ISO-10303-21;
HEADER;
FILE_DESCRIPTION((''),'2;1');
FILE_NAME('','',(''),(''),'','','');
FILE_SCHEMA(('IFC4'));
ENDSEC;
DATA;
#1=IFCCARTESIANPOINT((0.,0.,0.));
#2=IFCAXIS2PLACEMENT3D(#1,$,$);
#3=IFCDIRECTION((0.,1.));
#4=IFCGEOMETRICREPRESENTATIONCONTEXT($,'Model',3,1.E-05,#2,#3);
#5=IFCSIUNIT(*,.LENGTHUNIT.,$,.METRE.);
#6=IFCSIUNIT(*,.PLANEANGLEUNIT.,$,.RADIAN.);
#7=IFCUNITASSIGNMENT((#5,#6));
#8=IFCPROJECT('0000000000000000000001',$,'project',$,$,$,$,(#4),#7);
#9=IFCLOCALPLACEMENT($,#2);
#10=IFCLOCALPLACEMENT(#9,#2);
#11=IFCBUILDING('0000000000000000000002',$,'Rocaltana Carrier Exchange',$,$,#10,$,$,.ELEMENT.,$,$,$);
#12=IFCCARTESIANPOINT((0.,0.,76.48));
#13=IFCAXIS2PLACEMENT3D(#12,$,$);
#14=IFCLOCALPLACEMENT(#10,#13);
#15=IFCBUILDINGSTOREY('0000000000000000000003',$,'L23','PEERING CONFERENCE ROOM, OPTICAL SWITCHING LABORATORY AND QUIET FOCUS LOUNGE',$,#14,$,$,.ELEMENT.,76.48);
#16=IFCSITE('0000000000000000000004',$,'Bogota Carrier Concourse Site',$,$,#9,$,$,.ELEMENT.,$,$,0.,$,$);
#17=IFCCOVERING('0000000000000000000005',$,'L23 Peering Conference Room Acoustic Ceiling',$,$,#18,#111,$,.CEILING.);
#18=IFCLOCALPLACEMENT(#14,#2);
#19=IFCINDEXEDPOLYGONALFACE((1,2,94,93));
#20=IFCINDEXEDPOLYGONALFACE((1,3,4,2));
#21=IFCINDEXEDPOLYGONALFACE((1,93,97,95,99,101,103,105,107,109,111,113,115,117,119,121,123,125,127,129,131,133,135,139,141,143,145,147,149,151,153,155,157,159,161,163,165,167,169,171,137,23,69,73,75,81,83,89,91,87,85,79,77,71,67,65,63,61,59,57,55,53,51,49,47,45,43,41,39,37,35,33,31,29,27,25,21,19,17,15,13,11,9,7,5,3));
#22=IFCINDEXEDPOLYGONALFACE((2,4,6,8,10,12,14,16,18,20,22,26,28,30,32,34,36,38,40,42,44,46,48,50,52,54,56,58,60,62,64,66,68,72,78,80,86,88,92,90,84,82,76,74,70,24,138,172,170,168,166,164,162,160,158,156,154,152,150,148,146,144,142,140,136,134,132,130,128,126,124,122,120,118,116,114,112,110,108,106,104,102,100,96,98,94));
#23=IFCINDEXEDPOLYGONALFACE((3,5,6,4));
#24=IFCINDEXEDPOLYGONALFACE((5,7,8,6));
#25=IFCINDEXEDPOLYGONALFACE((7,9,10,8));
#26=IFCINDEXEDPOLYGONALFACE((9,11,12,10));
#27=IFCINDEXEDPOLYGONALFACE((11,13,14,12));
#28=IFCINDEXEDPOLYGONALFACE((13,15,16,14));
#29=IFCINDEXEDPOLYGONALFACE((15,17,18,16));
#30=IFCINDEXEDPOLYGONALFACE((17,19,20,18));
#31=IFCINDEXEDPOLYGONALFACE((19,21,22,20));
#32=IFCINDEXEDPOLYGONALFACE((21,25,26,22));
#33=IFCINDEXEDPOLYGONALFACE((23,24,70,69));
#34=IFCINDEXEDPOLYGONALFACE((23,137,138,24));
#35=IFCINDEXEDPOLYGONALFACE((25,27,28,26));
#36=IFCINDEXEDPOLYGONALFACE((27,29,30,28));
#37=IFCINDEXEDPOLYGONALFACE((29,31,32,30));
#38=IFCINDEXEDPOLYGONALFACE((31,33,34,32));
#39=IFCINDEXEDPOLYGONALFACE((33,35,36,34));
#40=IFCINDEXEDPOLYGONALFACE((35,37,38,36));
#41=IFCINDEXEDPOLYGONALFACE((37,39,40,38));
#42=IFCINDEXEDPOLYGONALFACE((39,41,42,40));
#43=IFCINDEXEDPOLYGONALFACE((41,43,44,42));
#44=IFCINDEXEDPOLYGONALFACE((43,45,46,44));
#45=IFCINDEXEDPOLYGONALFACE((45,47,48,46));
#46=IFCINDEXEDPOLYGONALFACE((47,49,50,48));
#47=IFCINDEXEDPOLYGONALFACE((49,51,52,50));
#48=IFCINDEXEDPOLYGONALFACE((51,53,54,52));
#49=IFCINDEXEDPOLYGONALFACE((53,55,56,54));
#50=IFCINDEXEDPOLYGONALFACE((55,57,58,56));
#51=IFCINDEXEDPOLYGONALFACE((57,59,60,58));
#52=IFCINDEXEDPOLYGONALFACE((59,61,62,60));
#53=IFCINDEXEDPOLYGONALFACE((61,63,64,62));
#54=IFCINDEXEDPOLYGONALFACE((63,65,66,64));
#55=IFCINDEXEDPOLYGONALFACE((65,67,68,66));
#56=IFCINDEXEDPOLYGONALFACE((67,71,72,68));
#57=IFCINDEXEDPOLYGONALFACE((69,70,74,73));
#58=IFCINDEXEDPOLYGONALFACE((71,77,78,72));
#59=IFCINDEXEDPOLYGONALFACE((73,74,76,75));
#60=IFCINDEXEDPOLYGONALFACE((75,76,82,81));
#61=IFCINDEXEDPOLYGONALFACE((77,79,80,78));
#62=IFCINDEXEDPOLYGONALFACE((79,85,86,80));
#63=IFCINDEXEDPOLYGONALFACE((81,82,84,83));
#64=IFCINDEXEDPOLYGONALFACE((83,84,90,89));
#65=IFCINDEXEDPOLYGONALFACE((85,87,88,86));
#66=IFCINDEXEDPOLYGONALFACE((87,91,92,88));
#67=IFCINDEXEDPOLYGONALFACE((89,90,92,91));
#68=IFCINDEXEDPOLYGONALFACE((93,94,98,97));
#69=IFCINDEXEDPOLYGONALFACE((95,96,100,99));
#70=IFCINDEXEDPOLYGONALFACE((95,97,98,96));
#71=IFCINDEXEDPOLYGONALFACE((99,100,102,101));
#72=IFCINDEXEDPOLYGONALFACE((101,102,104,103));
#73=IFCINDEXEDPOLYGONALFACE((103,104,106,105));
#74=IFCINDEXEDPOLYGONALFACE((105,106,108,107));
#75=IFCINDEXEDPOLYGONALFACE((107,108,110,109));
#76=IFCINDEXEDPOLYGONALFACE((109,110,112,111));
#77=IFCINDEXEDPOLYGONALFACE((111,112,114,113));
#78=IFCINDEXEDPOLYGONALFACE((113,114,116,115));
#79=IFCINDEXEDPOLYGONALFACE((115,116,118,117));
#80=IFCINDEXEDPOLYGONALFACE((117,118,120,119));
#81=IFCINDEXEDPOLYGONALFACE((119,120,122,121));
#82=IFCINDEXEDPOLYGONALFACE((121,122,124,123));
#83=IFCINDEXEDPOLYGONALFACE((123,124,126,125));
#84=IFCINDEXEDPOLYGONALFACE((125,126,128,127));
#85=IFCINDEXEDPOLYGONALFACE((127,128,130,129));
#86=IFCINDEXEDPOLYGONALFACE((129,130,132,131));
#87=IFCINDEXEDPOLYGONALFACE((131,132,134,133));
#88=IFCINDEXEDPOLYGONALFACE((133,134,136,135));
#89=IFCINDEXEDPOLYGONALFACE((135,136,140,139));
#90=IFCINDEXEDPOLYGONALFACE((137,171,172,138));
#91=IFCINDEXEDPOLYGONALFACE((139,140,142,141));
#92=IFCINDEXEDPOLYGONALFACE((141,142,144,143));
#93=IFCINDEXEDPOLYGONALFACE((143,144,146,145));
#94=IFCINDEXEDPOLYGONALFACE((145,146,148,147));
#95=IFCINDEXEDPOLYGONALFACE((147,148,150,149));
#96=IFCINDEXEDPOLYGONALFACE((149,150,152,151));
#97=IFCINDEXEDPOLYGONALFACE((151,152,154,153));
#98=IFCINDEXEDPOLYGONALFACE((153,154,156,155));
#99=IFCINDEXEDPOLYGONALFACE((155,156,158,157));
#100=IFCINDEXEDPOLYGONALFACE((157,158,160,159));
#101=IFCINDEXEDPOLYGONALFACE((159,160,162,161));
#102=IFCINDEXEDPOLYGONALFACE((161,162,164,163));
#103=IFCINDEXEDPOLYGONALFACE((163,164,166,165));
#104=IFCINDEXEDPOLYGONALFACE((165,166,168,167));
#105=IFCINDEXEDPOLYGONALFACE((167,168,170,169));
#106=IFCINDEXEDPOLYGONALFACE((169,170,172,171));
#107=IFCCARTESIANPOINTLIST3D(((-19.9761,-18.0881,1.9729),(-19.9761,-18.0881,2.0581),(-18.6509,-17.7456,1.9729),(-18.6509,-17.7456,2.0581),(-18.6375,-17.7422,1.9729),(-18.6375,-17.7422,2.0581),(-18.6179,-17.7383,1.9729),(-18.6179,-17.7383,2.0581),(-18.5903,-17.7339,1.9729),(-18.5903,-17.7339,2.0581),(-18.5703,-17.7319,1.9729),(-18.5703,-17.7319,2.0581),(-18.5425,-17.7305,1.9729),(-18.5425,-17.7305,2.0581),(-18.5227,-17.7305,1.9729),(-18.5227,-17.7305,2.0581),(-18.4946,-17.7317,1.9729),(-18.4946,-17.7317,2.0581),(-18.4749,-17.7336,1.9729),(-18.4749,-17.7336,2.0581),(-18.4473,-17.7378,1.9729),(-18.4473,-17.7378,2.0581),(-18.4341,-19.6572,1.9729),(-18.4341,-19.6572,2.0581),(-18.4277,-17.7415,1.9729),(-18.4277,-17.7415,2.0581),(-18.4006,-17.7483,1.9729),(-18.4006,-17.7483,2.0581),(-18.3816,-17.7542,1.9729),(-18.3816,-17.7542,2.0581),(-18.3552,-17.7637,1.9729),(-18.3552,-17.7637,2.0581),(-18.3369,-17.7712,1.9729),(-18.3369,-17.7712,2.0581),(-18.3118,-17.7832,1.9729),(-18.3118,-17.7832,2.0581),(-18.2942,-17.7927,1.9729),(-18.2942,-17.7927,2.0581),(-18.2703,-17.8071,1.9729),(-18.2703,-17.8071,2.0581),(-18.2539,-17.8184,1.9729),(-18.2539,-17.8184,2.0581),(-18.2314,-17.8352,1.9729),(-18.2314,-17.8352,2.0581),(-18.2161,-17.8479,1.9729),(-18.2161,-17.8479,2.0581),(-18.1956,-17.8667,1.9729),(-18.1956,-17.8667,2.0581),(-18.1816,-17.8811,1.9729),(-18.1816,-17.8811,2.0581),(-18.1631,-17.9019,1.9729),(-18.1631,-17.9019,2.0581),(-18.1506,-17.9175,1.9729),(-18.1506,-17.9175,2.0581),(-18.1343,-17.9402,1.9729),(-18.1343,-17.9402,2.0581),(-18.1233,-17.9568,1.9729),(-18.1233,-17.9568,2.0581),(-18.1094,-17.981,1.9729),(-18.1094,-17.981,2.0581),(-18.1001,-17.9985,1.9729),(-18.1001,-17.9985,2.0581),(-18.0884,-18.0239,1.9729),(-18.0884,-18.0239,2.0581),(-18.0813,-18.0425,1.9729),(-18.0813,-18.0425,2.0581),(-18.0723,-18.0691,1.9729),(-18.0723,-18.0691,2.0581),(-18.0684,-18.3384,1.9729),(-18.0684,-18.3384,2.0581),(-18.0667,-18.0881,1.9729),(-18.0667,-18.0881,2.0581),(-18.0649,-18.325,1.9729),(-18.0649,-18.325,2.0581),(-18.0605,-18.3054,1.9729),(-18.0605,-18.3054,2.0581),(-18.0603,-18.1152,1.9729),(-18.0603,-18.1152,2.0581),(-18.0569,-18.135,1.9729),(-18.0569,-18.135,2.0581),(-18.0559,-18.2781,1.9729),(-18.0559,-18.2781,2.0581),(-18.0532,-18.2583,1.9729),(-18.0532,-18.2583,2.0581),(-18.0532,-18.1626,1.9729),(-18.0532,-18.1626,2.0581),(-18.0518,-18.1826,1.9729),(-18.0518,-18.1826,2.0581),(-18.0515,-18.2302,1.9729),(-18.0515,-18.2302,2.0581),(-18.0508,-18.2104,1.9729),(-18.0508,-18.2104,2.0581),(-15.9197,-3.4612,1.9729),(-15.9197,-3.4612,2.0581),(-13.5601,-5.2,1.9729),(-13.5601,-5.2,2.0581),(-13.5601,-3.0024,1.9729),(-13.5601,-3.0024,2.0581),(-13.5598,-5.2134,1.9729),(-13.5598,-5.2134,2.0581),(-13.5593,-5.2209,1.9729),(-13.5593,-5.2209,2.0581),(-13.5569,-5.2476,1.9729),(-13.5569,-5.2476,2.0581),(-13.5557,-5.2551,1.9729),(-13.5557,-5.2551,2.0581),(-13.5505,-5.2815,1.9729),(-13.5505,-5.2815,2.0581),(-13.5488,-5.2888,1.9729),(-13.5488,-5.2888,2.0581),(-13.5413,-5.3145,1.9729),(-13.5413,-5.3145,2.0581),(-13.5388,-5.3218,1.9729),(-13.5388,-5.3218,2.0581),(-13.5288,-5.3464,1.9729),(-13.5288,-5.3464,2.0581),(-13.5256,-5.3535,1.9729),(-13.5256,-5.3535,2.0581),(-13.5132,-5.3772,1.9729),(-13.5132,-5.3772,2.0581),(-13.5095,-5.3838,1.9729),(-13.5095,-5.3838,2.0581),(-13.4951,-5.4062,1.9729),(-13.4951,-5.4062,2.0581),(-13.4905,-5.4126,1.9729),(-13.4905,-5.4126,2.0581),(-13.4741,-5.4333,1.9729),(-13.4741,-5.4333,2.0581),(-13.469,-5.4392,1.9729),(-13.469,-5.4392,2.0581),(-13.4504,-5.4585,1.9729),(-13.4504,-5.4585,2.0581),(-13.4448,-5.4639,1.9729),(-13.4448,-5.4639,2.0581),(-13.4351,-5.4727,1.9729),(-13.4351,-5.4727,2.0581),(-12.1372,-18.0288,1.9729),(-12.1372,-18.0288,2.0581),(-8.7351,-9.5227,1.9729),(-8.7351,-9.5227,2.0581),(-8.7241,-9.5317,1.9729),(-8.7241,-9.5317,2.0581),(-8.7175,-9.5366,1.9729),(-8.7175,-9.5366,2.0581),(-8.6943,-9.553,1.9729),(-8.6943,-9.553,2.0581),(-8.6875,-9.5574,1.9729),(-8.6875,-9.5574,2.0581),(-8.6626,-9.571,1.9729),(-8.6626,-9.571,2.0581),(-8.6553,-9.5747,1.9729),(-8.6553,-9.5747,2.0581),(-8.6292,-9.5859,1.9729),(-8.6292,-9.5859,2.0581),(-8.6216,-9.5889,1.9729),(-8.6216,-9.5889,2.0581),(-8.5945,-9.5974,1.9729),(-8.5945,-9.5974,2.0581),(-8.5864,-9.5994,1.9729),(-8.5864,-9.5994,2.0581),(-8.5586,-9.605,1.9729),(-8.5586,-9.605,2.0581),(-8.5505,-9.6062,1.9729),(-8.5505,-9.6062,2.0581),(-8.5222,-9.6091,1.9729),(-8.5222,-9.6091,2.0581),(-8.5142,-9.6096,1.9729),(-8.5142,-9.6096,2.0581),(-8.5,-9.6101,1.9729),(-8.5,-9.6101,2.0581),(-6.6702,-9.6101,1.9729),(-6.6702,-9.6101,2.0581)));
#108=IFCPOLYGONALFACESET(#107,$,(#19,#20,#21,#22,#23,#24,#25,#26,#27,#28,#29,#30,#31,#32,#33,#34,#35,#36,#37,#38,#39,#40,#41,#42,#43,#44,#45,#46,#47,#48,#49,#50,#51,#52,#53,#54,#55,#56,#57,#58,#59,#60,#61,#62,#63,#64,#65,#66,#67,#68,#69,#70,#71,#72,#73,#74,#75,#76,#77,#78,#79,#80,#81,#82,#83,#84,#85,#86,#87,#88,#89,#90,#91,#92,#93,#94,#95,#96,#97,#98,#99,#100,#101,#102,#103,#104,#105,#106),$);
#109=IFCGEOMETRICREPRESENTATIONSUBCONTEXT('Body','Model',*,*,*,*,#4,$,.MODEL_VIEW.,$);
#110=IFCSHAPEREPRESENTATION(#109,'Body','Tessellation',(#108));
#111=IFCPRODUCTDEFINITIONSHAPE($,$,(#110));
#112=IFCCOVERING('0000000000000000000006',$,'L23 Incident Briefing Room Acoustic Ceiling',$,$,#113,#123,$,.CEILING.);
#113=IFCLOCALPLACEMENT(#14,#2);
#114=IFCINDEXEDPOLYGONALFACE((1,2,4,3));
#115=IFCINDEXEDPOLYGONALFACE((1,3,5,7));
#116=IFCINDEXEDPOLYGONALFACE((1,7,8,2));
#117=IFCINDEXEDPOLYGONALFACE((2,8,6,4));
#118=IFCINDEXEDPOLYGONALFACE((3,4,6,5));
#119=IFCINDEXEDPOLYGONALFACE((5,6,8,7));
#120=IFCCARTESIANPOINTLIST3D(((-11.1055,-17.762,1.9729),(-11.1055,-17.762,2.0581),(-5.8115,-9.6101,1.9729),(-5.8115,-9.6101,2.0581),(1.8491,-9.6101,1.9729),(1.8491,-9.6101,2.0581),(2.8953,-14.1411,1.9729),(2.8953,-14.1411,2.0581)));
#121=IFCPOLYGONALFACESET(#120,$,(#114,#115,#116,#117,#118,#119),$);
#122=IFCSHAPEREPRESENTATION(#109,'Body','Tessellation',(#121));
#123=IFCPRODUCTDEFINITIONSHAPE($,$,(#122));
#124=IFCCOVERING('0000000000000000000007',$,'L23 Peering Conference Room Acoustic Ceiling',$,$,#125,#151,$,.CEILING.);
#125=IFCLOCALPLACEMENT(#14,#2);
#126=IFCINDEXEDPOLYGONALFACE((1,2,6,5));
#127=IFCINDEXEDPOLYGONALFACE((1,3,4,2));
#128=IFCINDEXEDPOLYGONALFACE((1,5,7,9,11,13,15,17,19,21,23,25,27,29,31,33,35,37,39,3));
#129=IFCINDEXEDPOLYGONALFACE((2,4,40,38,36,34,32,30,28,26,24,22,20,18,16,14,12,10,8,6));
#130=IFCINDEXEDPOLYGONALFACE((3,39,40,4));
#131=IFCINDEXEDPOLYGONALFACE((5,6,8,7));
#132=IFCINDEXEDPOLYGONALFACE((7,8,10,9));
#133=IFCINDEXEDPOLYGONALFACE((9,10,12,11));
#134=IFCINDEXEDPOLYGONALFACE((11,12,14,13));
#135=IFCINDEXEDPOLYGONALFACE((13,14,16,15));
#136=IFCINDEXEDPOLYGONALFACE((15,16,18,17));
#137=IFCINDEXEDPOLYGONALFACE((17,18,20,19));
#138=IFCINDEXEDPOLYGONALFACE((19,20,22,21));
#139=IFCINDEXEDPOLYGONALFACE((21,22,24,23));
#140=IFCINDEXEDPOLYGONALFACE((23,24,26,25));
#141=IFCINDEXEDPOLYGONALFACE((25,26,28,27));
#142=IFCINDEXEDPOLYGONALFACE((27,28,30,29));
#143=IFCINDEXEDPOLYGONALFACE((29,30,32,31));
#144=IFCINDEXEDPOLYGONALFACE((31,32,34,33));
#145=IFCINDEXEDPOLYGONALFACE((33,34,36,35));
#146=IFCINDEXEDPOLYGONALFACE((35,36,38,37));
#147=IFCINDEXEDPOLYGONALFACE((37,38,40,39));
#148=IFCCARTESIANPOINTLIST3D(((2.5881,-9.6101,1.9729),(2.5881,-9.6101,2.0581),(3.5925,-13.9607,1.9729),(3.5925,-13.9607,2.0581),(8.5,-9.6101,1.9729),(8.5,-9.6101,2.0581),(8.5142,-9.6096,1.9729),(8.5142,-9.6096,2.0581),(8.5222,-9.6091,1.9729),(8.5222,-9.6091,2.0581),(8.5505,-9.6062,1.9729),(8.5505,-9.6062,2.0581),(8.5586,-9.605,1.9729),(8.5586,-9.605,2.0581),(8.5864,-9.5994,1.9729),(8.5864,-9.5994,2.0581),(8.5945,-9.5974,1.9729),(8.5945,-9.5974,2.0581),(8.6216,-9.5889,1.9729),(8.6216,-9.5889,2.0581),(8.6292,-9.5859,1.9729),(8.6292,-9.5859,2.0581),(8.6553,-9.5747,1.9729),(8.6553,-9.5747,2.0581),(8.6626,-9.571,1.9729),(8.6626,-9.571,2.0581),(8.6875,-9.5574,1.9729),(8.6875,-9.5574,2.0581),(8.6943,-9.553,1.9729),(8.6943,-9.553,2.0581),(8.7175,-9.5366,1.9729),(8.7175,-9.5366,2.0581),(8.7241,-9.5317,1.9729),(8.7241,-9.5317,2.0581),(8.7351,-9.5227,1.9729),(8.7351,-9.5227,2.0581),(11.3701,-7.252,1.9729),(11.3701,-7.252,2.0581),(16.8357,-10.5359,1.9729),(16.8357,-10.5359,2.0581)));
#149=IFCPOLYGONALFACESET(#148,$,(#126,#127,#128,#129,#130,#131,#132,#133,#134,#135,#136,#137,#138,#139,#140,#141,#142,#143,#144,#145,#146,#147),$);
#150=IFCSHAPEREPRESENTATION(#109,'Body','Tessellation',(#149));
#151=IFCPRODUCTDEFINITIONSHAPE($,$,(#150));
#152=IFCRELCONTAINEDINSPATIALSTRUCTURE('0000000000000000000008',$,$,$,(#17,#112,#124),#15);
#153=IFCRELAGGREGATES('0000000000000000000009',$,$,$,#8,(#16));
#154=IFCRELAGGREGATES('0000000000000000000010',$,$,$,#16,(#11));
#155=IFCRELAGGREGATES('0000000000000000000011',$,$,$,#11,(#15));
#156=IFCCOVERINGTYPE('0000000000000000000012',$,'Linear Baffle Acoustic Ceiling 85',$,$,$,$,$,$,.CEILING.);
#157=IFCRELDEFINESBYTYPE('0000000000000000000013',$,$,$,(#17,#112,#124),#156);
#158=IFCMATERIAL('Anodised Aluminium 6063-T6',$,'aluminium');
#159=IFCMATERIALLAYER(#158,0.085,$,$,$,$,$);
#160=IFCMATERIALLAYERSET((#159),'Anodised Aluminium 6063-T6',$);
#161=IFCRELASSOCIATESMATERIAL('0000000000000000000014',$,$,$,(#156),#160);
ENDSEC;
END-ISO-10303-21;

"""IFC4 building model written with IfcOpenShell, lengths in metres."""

from ifc_helpers import new_model, si_unit, direction, frame, origin, place, context, subcontext, project, spatial, polyline, outline, extrude, material, layer, layer_set, type_object, element, save


model = new_model("IFC4")

# Units and contexts
model_context = context("Model", 3, precision=1e-05, world=origin(), true_north=direction((0.0, 1.0)))
body_context = subcontext(model_context, "Body", "Model", "MODEL_VIEW")
ifc_project = project(units=[si_unit("LENGTHUNIT", "METRE"), si_unit("PLANEANGLEUNIT", "RADIAN")], contexts=[model_context])

# Site, building, storey
site_placement = place(None, origin())
site = spatial("IfcSite", under=ifc_project, at=site_placement, Name="Bogota Carrier Concourse Site", CompositionType="ELEMENT", RefElevation=0.0)
building_placement = place(site_placement, origin())
building = spatial("IfcBuilding", under=site, at=building_placement, Name="Rocaltana Carrier Exchange", CompositionType="ELEMENT")
storey_placement = place(building_placement, frame((0.0, 0.0, 76.48)))
storey = spatial("IfcBuildingStorey", under=building, at=storey_placement, Name="L23", Description="PEERING CONFERENCE ROOM, OPTICAL SWITCHING LABORATORY AND QUIET FOCUS LOUNGE", CompositionType="ELEMENT", Elevation=76.48)

# Coverings
ifc_material_1 = material(Name="Anodised Aluminium 6063-T6", Category="aluminium")
ifc_layer_1 = layer(ifc_material_1, 0.085)
ifc_layer_set_1 = layer_set([ifc_layer_1], Name="Anodised Aluminium 6063-T6")
covering_type_1 = type_object("IfcCoveringType", Name="Linear Baffle Acoustic Ceiling 85", PredefinedType="CEILING", material=ifc_layer_set_1)
covering_1_placement = place(storey_placement, frame((0.0, 0.0, 1.9729)))
element("IfcCovering", 1, at=covering_1_placement, inside=storey, type_object=covering_type_1, Name="L23 Peering Conference Room Acoustic Ceiling", PredefinedType="CEILING", context=body_context, shape_type="SweptSolid", body=[
    extrude(outline(polyline([(-18.0684, -18.3384), (-18.0649, -18.325), (-18.0605, -18.3054), (-18.0559, -18.2781), (-18.0532, -18.2583), (-18.0515, -18.2302), (-18.0508, -18.2104), (-18.0518, -18.1826), (-18.0532, -18.1626), (-18.0569, -18.135), (-18.0603, -18.1152), (-18.0667, -18.0881), (-18.0723, -18.0691), (-18.0813, -18.0425), (-18.0884, -18.0239), (-18.1001, -17.9985), (-18.1094, -17.981), (-18.1233, -17.9568), (-18.1343, -17.9402), (-18.1506, -17.9175), (-18.1631, -17.9019), (-18.1816, -17.8811), (-18.1956, -17.8667), (-18.2161, -17.8479), (-18.2314, -17.8352), (-18.2539, -17.8184), (-18.2703, -17.8071), (-18.2942, -17.7927), (-18.3118, -17.7832), (-18.3369, -17.7712), (-18.3552, -17.7637), (-18.3816, -17.7542), (-18.4006, -17.7483), (-18.4277, -17.7415), (-18.4473, -17.7378), (-18.4749, -17.7336), (-18.4946, -17.7317), (-18.5227, -17.7305), (-18.5425, -17.7305), (-18.5703, -17.7319), (-18.5903, -17.7339), (-18.6179, -17.7383), (-18.6375, -17.7422), (-18.6509, -17.7456), (-19.9761, -18.0881), (-15.9197, -3.4612), (-13.5601, -3.0024), (-13.5601, -5.2), (-13.5598, -5.2134), (-13.5593, -5.2209), (-13.5569, -5.2476), (-13.5557, -5.2551), (-13.5505, -5.2815), (-13.5488, -5.2888), (-13.5413, -5.3145), (-13.5388, -5.3218), (-13.5288, -5.3464), (-13.5256, -5.3535), (-13.5132, -5.3772), (-13.5095, -5.3838), (-13.4951, -5.4062), (-13.4905, -5.4126), (-13.4741, -5.4333), (-13.469, -5.4392), (-13.4504, -5.4585), (-13.4448, -5.4639), (-13.4351, -5.4727), (-8.7351, -9.5227), (-8.7241, -9.5317), (-8.7175, -9.5366), (-8.6943, -9.553), (-8.6875, -9.5574), (-8.6626, -9.571), (-8.6553, -9.5747), (-8.6292, -9.5859), (-8.6216, -9.5889), (-8.5945, -9.5974), (-8.5864, -9.5994), (-8.5586, -9.605), (-8.5505, -9.6062), (-8.5222, -9.6091), (-8.5142, -9.6096), (-8.5, -9.6101), (-6.6702, -9.6101), (-12.1372, -18.0288), (-18.4341, -19.6572), (-18.0684, -18.3384)])), origin(), (0.0, 0.0, 1.0), 0.0852),
])
covering_2_placement = place(storey_placement, frame((0.0, 0.0, 1.9729)))
element("IfcCovering", 2, at=covering_2_placement, inside=storey, type_object=covering_type_1, Name="L23 Incident Briefing Room Acoustic Ceiling", PredefinedType="CEILING", context=body_context, shape_type="SweptSolid", body=[
    extrude(outline(polyline([(-11.1055, -17.762), (-5.8115, -9.6101), (1.8491, -9.6101), (2.8953, -14.1411), (-11.1055, -17.762)])), origin(), (0.0, 0.0, 1.0), 0.0852),
])
covering_3_placement = place(storey_placement, frame((0.0, 0.0, 1.9729)))
element("IfcCovering", 3, at=covering_3_placement, inside=storey, type_object=covering_type_1, Name="L23 Peering Conference Room Acoustic Ceiling", PredefinedType="CEILING", context=body_context, shape_type="SweptSolid", body=[
    extrude(outline(polyline([(3.5925, -13.9607), (2.5881, -9.6101), (8.5, -9.6101), (8.5142, -9.6096), (8.5222, -9.6091), (8.5505, -9.6062), (8.5586, -9.605), (8.5864, -9.5994), (8.5945, -9.5974), (8.6216, -9.5889), (8.6292, -9.5859), (8.6553, -9.5747), (8.6626, -9.571), (8.6875, -9.5574), (8.6943, -9.553), (8.7175, -9.5366), (8.7241, -9.5317), (8.7351, -9.5227), (11.3701, -7.252), (16.8357, -10.5359), (3.5925, -13.9607)])), origin(), (0.0, 0.0, 1.0), 0.0852),
])

save(model, "model.ifc")
